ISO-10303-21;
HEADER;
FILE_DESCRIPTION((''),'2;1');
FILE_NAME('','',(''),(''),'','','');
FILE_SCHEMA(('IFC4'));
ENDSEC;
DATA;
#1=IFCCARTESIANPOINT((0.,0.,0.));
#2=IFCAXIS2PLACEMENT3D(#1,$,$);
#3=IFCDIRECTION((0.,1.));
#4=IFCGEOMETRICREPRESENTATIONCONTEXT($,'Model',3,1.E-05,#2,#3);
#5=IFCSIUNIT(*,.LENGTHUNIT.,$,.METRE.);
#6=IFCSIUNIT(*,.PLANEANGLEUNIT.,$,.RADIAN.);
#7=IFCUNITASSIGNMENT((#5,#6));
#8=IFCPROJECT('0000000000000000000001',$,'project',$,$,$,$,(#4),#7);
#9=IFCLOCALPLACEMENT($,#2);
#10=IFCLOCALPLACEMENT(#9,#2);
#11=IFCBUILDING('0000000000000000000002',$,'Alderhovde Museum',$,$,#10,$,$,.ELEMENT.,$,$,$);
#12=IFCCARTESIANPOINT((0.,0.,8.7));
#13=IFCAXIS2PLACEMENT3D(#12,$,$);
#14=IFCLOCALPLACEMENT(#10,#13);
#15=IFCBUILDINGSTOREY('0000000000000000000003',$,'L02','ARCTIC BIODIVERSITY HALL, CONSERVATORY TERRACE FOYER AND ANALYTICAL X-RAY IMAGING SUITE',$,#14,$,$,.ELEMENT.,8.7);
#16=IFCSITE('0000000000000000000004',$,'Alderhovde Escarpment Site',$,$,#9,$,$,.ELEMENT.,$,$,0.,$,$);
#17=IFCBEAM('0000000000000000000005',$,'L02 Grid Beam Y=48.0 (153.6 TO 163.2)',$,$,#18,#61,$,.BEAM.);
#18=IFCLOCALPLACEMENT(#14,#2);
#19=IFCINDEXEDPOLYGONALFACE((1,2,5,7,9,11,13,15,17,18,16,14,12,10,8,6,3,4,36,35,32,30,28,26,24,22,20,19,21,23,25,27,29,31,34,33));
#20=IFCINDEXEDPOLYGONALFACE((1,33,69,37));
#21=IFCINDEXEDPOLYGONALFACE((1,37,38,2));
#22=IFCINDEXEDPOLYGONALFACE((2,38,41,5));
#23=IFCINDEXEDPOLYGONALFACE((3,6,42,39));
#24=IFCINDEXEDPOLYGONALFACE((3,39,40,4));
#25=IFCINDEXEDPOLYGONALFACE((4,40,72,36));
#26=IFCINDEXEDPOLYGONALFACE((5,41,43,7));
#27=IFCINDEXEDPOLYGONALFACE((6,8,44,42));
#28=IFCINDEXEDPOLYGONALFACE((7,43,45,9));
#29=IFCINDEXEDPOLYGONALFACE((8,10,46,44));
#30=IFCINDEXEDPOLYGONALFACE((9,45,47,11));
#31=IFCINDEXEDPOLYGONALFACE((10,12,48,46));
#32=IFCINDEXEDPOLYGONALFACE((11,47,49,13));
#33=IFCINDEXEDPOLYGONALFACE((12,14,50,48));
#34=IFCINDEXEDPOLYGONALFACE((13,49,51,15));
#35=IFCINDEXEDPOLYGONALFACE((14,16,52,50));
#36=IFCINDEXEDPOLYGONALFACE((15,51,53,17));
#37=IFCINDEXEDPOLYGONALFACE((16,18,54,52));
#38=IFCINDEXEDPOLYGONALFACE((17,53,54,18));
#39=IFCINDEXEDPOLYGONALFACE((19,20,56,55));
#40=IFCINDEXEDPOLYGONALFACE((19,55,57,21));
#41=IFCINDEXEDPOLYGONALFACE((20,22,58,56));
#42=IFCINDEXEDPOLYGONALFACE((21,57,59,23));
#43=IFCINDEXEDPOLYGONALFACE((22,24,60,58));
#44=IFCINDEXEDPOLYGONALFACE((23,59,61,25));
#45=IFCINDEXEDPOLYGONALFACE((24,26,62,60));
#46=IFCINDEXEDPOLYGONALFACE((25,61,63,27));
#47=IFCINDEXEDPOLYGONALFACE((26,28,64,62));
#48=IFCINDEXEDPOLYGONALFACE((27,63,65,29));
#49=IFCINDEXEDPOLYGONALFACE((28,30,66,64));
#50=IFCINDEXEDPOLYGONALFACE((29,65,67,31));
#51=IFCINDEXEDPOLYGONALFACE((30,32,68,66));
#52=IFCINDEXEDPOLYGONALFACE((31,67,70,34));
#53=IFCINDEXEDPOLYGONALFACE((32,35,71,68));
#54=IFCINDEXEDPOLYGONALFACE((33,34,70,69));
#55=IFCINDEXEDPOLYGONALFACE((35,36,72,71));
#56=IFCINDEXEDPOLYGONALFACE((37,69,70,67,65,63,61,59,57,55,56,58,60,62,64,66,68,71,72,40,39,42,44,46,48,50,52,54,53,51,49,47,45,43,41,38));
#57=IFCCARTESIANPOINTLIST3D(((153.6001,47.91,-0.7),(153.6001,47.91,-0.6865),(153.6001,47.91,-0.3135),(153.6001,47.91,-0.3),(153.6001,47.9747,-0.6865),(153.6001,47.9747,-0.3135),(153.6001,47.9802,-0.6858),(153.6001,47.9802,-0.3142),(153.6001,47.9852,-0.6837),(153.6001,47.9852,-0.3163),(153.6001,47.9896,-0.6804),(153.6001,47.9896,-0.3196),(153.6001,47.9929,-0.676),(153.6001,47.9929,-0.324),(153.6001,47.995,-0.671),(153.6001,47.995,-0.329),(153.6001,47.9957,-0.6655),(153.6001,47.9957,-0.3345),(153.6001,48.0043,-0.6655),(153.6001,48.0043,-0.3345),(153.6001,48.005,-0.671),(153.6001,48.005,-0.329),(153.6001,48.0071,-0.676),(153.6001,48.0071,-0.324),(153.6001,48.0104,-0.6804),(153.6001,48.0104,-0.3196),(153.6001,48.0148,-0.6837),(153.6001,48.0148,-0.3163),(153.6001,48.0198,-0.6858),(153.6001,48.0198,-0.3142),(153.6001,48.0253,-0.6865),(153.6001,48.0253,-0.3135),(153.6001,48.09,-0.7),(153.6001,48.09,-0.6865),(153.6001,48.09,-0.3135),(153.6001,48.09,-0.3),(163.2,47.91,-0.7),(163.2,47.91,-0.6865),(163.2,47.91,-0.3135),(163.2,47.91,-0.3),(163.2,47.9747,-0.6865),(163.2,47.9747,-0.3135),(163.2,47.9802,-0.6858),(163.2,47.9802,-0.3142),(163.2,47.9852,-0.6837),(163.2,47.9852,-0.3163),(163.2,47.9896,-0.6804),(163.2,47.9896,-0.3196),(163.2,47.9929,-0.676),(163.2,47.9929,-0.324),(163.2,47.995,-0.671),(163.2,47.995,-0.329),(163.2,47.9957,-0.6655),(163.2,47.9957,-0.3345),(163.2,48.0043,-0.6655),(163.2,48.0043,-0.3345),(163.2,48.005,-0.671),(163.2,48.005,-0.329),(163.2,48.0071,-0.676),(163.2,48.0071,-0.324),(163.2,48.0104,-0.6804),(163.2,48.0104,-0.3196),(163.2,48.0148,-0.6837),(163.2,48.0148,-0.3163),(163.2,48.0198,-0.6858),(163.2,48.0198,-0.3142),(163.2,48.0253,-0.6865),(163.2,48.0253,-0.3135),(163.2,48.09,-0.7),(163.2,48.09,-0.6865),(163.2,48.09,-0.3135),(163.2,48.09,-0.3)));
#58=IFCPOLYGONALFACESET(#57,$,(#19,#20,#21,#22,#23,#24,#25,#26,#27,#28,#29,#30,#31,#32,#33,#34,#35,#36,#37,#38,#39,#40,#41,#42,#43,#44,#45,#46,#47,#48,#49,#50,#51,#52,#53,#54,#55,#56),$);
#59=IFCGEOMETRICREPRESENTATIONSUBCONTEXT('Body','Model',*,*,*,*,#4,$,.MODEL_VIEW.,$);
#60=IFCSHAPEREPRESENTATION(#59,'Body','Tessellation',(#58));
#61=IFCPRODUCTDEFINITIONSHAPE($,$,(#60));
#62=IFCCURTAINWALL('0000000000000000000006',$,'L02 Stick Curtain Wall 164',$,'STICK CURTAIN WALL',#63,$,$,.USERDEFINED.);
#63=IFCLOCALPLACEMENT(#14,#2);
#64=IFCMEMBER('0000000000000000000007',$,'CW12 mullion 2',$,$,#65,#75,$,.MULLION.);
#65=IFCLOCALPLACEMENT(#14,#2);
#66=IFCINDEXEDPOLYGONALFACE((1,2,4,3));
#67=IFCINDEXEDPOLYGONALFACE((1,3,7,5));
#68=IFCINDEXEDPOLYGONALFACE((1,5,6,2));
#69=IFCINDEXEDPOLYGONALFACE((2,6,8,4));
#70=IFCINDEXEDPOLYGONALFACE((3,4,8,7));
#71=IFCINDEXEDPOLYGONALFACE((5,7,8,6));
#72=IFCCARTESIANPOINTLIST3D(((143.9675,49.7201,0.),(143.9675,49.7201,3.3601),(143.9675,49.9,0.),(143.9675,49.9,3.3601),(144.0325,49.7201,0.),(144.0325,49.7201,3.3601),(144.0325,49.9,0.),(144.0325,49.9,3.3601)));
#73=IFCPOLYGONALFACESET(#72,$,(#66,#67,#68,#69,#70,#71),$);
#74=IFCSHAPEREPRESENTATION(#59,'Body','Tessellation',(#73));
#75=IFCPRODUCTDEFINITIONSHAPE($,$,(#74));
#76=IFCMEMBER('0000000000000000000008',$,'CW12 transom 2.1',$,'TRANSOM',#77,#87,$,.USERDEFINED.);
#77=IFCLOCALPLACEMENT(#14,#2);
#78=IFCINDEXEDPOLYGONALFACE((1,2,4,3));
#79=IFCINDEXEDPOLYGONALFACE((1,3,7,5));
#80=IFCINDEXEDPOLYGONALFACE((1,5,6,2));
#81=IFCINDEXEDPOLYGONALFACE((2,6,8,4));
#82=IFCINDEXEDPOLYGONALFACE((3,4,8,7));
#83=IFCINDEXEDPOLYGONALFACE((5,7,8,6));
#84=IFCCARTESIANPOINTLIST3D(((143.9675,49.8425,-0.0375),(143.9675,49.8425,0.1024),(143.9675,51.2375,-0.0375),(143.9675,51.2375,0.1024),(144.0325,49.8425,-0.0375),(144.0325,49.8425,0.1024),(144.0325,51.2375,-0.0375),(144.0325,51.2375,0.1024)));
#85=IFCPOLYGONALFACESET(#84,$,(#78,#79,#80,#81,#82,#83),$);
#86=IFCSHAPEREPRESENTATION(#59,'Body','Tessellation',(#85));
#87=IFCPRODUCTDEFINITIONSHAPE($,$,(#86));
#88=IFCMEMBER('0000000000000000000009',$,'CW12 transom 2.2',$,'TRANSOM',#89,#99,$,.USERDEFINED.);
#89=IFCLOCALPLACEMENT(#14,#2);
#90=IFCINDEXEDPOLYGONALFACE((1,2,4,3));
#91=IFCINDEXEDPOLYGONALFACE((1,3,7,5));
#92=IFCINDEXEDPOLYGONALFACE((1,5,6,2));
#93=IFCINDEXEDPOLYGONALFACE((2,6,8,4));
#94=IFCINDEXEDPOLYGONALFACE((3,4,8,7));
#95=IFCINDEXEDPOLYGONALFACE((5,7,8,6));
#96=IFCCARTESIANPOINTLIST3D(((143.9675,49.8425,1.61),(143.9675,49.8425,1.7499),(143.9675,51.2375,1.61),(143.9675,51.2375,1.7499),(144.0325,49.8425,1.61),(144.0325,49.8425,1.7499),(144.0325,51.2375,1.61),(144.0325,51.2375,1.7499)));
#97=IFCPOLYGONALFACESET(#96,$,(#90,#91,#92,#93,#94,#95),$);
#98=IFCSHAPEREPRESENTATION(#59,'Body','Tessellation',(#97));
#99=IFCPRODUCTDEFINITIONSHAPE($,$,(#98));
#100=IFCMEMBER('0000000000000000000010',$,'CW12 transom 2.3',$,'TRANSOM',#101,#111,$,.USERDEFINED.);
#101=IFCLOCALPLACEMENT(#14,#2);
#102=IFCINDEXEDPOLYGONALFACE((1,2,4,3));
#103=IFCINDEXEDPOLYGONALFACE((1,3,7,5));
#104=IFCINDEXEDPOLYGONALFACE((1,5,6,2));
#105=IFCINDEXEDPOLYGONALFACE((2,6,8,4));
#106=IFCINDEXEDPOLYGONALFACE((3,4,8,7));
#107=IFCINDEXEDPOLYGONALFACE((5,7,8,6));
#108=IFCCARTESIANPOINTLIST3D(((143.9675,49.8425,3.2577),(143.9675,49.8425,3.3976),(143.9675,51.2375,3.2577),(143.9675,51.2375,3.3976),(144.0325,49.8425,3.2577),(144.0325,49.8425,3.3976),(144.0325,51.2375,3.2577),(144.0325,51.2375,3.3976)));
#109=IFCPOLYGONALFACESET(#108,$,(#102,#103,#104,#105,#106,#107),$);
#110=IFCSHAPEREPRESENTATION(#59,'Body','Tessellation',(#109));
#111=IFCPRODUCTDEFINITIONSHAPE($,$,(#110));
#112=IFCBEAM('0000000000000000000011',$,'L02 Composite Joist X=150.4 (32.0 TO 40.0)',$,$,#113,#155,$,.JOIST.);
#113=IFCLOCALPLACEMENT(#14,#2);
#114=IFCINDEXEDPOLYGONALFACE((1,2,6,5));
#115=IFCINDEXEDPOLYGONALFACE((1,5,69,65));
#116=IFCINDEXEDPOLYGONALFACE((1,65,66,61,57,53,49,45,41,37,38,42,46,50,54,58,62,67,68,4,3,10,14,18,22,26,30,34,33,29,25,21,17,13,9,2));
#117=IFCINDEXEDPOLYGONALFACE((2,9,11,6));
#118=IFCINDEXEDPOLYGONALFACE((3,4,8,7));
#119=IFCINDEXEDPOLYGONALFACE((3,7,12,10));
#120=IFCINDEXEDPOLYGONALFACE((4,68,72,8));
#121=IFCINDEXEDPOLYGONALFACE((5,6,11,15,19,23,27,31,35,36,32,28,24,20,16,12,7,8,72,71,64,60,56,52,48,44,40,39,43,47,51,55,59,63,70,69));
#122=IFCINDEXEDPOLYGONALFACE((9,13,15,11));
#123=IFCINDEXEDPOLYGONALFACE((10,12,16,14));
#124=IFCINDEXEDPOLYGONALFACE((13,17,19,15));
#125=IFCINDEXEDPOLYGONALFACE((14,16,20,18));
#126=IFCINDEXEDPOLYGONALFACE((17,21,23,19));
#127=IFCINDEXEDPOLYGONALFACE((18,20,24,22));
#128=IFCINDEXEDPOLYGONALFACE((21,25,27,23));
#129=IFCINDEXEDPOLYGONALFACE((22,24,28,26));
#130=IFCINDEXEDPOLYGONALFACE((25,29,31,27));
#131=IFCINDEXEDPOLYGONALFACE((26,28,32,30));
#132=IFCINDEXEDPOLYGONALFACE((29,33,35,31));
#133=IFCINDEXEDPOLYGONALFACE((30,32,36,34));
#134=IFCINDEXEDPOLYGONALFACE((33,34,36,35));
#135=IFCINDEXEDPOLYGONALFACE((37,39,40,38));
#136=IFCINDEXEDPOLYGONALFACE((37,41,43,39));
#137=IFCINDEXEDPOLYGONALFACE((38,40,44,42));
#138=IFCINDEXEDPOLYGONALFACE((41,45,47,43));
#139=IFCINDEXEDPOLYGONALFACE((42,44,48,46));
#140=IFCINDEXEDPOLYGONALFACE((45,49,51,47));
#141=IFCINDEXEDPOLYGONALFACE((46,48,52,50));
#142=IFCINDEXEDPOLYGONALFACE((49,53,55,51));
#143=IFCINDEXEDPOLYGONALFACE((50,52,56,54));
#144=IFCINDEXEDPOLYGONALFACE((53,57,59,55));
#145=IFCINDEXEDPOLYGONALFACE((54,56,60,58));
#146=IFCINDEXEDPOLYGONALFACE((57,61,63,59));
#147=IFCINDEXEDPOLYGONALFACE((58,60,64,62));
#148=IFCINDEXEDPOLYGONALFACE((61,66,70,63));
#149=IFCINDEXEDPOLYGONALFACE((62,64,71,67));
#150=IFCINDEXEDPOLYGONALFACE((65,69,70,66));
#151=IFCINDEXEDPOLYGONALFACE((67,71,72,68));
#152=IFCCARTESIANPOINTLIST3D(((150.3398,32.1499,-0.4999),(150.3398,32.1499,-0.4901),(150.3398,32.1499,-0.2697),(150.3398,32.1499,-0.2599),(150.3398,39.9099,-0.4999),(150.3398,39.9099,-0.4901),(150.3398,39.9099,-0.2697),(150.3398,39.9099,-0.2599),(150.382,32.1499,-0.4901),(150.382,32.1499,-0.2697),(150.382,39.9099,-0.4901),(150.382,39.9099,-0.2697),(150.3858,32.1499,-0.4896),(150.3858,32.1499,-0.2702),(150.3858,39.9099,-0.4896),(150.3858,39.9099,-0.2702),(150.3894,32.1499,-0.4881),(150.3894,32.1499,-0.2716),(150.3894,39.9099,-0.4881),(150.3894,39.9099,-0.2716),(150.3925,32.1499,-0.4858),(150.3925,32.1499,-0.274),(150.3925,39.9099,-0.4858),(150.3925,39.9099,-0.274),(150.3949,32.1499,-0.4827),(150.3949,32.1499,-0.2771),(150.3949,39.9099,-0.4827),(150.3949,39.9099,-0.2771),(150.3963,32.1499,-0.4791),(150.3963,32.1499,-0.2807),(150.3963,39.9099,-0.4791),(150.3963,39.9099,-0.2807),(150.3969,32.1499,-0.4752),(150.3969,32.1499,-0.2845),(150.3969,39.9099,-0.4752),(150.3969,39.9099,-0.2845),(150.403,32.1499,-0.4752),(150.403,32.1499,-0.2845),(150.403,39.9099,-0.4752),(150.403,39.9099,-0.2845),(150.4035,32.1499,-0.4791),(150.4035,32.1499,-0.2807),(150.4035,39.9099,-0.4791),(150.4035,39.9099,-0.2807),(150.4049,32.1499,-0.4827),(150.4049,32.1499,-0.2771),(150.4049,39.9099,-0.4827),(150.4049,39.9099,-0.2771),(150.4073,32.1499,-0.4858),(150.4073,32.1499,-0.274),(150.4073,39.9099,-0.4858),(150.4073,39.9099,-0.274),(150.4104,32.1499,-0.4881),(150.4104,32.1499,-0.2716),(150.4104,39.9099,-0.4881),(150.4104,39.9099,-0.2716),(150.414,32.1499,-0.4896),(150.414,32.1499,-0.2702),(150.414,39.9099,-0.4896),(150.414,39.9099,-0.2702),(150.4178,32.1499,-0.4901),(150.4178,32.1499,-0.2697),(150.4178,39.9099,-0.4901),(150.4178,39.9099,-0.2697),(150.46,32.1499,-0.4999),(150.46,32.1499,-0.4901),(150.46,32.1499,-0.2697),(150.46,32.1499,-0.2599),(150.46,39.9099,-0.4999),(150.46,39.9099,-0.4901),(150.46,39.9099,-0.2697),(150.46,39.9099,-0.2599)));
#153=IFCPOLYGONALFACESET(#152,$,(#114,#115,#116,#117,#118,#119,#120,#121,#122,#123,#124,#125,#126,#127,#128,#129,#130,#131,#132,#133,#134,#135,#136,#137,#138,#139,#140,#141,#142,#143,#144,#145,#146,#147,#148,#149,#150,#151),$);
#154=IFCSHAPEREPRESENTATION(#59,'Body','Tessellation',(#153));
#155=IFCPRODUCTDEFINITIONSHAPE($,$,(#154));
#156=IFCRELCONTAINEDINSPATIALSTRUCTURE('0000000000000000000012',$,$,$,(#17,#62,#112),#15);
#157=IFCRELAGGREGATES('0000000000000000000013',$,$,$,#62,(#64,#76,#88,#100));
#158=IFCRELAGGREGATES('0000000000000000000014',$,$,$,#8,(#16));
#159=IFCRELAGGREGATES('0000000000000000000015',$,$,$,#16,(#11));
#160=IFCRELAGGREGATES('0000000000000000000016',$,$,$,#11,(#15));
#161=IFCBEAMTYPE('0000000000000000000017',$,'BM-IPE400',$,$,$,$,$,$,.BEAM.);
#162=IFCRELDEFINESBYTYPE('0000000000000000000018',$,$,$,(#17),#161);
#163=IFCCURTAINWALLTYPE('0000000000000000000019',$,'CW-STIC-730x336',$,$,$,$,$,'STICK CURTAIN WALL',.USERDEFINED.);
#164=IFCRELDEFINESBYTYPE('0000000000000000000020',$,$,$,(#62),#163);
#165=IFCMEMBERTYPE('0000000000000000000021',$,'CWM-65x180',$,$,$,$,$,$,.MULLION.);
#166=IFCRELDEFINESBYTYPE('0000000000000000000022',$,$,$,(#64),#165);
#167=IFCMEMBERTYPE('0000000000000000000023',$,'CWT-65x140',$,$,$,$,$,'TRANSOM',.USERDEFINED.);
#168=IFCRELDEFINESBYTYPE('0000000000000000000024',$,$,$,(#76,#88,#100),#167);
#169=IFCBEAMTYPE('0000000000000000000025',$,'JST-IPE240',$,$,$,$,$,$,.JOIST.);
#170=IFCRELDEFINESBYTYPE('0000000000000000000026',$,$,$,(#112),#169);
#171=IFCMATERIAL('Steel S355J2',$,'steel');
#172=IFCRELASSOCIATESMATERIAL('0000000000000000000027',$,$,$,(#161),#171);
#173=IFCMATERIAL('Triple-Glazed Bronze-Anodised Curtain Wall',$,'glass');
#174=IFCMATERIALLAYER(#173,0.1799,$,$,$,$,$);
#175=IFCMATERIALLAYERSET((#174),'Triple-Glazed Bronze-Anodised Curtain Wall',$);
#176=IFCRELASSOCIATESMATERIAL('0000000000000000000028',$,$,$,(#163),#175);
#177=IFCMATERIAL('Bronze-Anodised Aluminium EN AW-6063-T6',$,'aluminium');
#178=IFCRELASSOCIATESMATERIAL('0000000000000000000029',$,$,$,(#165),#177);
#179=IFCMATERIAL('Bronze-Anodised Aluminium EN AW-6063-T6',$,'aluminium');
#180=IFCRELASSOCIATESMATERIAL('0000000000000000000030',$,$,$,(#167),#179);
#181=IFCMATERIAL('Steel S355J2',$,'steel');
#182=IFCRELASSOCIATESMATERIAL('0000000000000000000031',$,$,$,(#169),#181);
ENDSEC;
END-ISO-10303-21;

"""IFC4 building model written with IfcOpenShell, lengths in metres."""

from ifc_helpers import new_model, si_unit, direction, frame, origin, origin_2d, place, context, subcontext, project, spatial, rectangle, i_section, extrude, material, layer, layer_set, material_profile, profile_set, type_object, element, aggregate, save


model = new_model("IFC4")

# Units and contexts
model_context = context("Model", 3, precision=1e-05, world=origin(), true_north=direction((0.0, 1.0)))
body_context = subcontext(model_context, "Body", "Model", "MODEL_VIEW")
ifc_project = project(units=[si_unit("LENGTHUNIT", "METRE"), si_unit("PLANEANGLEUNIT", "RADIAN")], contexts=[model_context])

# Site, building, storey
site_placement = place(None, origin())
site = spatial("IfcSite", under=ifc_project, at=site_placement, Name="Alderhovde Escarpment Site", CompositionType="ELEMENT", RefElevation=0.0)
building_placement = place(site_placement, origin())
building = spatial("IfcBuilding", under=site, at=building_placement, Name="Alderhovde Museum", CompositionType="ELEMENT")
storey_placement = place(building_placement, frame((0.0, 0.0, 8.7)))
storey = spatial("IfcBuildingStorey", under=building, at=storey_placement, Name="L02", Description="ARCTIC BIODIVERSITY HALL, CONSERVATORY TERRACE FOYER AND ANALYTICAL X-RAY IMAGING SUITE", CompositionType="ELEMENT", Elevation=8.7)

# Beam
ifc_material_1 = material(Name="Steel S355J2", Category="steel")
ifc_material_profile_1 = material_profile(ifc_material_1, i_section(OverallWidth=0.1799, OverallDepth=0.3999, WebThickness=0.0085, FlangeThickness=0.0134, FilletRadius=0.021, at=origin_2d()), Name="IPE 400")
ifc_profile_set_1 = profile_set([ifc_material_profile_1], Name="Steel S355J2")
beam_type_1 = type_object("IfcBeamType", Name="BM-IPE400", PredefinedType="BEAM", material=ifc_profile_set_1)
for number, where, z_axis, x_axis, name in (
    (1, (153.6001, 48.0, -0.5), (1.0, 0.0, 0.0), (0.0, 1.0, 0.0), "L02 Grid Beam Y=48.0 (153.6 TO 163.2)"),
):
    element("IfcBeam", number, at=place(storey_placement, frame(where, z_axis=z_axis, x_axis=x_axis)), inside=storey, type_object=beam_type_1, Name=name, PredefinedType="BEAM", context=body_context, shape_type="SweptSolid", body=[
        extrude(i_section(OverallWidth=0.1799, OverallDepth=0.3999, WebThickness=0.0085, FlangeThickness=0.0134, FilletRadius=0.021, at=origin_2d()), origin(), (0.0, 0.0, 1.0), 9.5999),
    ])

# Curtain wall, members
ifc_material_2 = material(Name="Triple-Glazed Bronze-Anodised Curtain Wall", Category="glass")
ifc_layer_1 = layer(ifc_material_2, 0.1799)
ifc_layer_set_1 = layer_set([ifc_layer_1], Name="Triple-Glazed Bronze-Anodised Curtain Wall")
curtain_wall_type = type_object("IfcCurtainWallType", Name="CW-STIC-730x336", ElementType="STICK CURTAIN WALL", PredefinedType="USERDEFINED", material=ifc_layer_set_1)
curtain_wall_placement = place(storey_placement, origin())
curtain_wall = element("IfcCurtainWall", 2, at=curtain_wall_placement, inside=storey, type_object=curtain_wall_type, Name="L02 Stick Curtain Wall 164", ObjectType="STICK CURTAIN WALL", PredefinedType="USERDEFINED")
ifc_material_3 = material(Name="Bronze-Anodised Aluminium EN AW-6063-T6", Category="aluminium")
ifc_material_profile_2 = material_profile(ifc_material_3, rectangle(XDim=0.0649, YDim=0.1799, at=origin_2d()), Name="MULLION 65x180")
ifc_profile_set_2 = profile_set([ifc_material_profile_2], Name="Bronze-Anodised Aluminium EN AW-6063-T6")
member_type_1 = type_object("IfcMemberType", Name="CWM-65x180", PredefinedType="MULLION", material=ifc_profile_set_2)
member_1_placement = place(storey_placement, frame((144.0, 49.8101, 0.0), z_axis=(0.0, 0.0, 1.0), x_axis=(-1.0, 0.0, 0.0)))
member_1 = element("IfcMember", 3, at=member_1_placement, type_object=member_type_1, Name="CW12 mullion 2", PredefinedType="MULLION", context=body_context, shape_type="SweptSolid", body=[
    extrude(rectangle(XDim=0.0649, YDim=0.1799, at=origin_2d()), origin(), (0.0, 0.0, 1.0), 3.3601),
])
ifc_material_4 = material(Name="Bronze-Anodised Aluminium EN AW-6063-T6", Category="aluminium")
ifc_material_profile_3 = material_profile(ifc_material_4, rectangle(XDim=0.0649, YDim=0.1399, at=origin_2d()), Name="TRANSOM 65x140")
ifc_profile_set_3 = profile_set([ifc_material_profile_3], Name="Bronze-Anodised Aluminium EN AW-6063-T6")
member_type_2 = type_object("IfcMemberType", Name="CWT-65x140", ElementType="TRANSOM", PredefinedType="USERDEFINED", material=ifc_profile_set_3)
member_2_placement = place(storey_placement, frame((144.0, 49.8425, 0.0325), z_axis=(0.0, 1.0, 0.0), x_axis=(-1.0, 0.0, 0.0)))
member_2 = element("IfcMember", 4, at=member_2_placement, type_object=member_type_2, Name="CW12 transom 2.1", ObjectType="TRANSOM", PredefinedType="USERDEFINED", context=body_context, shape_type="SweptSolid", body=[
    extrude(rectangle(XDim=0.0649, YDim=0.1399, at=origin_2d()), origin(), (0.0, 0.0, 1.0), 1.395),
])
member_3_placement = place(storey_placement, frame((144.0, 49.8425, 1.6799), z_axis=(0.0, 1.0, 0.0), x_axis=(-1.0, 0.0, 0.0)))
member_3 = element("IfcMember", 5, at=member_3_placement, type_object=member_type_2, Name="CW12 transom 2.2", ObjectType="TRANSOM", PredefinedType="USERDEFINED", context=body_context, shape_type="SweptSolid", body=[
    extrude(rectangle(XDim=0.0649, YDim=0.1399, at=origin_2d()), origin(), (0.0, 0.0, 1.0), 1.395),
])
member_4_placement = place(storey_placement, frame((144.0, 49.8425, 3.3276), z_axis=(0.0, 1.0, 0.0), x_axis=(-1.0, 0.0, 0.0)))
member_4 = element("IfcMember", 6, at=member_4_placement, type_object=member_type_2, Name="CW12 transom 2.3", ObjectType="TRANSOM", PredefinedType="USERDEFINED", context=body_context, shape_type="SweptSolid", body=[
    extrude(rectangle(XDim=0.0649, YDim=0.1399, at=origin_2d()), origin(), (0.0, 0.0, 1.0), 1.395),
])

# Beam
ifc_material_5 = material(Name="Steel S355J2", Category="steel")
ifc_material_profile_4 = material_profile(ifc_material_5, i_section(OverallWidth=0.1201, OverallDepth=0.24, WebThickness=0.0061, FlangeThickness=0.0098, FilletRadius=0.0149, at=origin_2d()), Name="IPE 240")
ifc_profile_set_4 = profile_set([ifc_material_profile_4], Name="Steel S355J2")
beam_type_2 = type_object("IfcBeamType", Name="JST-IPE240", PredefinedType="JOIST", material=ifc_profile_set_4)
beam_1_placement = place(storey_placement, frame((150.3999, 32.1499, -0.3799), z_axis=(0.0, 1.0, 0.0), x_axis=(-1.0, 0.0, 0.0)))
element("IfcBeam", 7, at=beam_1_placement, inside=storey, type_object=beam_type_2, Name="L02 Composite Joist X=150.4 (32.0 TO 40.0)", PredefinedType="JOIST", context=body_context, shape_type="SweptSolid", body=[
    extrude(i_section(OverallWidth=0.1201, OverallDepth=0.24, WebThickness=0.0061, FlangeThickness=0.0098, FilletRadius=0.0149, at=origin_2d()), origin(), (0.0, 0.0, 1.0), 7.76),
])

aggregate(curtain_wall, [member_1, member_2, member_3, member_4])

save(model, "model.ifc")
